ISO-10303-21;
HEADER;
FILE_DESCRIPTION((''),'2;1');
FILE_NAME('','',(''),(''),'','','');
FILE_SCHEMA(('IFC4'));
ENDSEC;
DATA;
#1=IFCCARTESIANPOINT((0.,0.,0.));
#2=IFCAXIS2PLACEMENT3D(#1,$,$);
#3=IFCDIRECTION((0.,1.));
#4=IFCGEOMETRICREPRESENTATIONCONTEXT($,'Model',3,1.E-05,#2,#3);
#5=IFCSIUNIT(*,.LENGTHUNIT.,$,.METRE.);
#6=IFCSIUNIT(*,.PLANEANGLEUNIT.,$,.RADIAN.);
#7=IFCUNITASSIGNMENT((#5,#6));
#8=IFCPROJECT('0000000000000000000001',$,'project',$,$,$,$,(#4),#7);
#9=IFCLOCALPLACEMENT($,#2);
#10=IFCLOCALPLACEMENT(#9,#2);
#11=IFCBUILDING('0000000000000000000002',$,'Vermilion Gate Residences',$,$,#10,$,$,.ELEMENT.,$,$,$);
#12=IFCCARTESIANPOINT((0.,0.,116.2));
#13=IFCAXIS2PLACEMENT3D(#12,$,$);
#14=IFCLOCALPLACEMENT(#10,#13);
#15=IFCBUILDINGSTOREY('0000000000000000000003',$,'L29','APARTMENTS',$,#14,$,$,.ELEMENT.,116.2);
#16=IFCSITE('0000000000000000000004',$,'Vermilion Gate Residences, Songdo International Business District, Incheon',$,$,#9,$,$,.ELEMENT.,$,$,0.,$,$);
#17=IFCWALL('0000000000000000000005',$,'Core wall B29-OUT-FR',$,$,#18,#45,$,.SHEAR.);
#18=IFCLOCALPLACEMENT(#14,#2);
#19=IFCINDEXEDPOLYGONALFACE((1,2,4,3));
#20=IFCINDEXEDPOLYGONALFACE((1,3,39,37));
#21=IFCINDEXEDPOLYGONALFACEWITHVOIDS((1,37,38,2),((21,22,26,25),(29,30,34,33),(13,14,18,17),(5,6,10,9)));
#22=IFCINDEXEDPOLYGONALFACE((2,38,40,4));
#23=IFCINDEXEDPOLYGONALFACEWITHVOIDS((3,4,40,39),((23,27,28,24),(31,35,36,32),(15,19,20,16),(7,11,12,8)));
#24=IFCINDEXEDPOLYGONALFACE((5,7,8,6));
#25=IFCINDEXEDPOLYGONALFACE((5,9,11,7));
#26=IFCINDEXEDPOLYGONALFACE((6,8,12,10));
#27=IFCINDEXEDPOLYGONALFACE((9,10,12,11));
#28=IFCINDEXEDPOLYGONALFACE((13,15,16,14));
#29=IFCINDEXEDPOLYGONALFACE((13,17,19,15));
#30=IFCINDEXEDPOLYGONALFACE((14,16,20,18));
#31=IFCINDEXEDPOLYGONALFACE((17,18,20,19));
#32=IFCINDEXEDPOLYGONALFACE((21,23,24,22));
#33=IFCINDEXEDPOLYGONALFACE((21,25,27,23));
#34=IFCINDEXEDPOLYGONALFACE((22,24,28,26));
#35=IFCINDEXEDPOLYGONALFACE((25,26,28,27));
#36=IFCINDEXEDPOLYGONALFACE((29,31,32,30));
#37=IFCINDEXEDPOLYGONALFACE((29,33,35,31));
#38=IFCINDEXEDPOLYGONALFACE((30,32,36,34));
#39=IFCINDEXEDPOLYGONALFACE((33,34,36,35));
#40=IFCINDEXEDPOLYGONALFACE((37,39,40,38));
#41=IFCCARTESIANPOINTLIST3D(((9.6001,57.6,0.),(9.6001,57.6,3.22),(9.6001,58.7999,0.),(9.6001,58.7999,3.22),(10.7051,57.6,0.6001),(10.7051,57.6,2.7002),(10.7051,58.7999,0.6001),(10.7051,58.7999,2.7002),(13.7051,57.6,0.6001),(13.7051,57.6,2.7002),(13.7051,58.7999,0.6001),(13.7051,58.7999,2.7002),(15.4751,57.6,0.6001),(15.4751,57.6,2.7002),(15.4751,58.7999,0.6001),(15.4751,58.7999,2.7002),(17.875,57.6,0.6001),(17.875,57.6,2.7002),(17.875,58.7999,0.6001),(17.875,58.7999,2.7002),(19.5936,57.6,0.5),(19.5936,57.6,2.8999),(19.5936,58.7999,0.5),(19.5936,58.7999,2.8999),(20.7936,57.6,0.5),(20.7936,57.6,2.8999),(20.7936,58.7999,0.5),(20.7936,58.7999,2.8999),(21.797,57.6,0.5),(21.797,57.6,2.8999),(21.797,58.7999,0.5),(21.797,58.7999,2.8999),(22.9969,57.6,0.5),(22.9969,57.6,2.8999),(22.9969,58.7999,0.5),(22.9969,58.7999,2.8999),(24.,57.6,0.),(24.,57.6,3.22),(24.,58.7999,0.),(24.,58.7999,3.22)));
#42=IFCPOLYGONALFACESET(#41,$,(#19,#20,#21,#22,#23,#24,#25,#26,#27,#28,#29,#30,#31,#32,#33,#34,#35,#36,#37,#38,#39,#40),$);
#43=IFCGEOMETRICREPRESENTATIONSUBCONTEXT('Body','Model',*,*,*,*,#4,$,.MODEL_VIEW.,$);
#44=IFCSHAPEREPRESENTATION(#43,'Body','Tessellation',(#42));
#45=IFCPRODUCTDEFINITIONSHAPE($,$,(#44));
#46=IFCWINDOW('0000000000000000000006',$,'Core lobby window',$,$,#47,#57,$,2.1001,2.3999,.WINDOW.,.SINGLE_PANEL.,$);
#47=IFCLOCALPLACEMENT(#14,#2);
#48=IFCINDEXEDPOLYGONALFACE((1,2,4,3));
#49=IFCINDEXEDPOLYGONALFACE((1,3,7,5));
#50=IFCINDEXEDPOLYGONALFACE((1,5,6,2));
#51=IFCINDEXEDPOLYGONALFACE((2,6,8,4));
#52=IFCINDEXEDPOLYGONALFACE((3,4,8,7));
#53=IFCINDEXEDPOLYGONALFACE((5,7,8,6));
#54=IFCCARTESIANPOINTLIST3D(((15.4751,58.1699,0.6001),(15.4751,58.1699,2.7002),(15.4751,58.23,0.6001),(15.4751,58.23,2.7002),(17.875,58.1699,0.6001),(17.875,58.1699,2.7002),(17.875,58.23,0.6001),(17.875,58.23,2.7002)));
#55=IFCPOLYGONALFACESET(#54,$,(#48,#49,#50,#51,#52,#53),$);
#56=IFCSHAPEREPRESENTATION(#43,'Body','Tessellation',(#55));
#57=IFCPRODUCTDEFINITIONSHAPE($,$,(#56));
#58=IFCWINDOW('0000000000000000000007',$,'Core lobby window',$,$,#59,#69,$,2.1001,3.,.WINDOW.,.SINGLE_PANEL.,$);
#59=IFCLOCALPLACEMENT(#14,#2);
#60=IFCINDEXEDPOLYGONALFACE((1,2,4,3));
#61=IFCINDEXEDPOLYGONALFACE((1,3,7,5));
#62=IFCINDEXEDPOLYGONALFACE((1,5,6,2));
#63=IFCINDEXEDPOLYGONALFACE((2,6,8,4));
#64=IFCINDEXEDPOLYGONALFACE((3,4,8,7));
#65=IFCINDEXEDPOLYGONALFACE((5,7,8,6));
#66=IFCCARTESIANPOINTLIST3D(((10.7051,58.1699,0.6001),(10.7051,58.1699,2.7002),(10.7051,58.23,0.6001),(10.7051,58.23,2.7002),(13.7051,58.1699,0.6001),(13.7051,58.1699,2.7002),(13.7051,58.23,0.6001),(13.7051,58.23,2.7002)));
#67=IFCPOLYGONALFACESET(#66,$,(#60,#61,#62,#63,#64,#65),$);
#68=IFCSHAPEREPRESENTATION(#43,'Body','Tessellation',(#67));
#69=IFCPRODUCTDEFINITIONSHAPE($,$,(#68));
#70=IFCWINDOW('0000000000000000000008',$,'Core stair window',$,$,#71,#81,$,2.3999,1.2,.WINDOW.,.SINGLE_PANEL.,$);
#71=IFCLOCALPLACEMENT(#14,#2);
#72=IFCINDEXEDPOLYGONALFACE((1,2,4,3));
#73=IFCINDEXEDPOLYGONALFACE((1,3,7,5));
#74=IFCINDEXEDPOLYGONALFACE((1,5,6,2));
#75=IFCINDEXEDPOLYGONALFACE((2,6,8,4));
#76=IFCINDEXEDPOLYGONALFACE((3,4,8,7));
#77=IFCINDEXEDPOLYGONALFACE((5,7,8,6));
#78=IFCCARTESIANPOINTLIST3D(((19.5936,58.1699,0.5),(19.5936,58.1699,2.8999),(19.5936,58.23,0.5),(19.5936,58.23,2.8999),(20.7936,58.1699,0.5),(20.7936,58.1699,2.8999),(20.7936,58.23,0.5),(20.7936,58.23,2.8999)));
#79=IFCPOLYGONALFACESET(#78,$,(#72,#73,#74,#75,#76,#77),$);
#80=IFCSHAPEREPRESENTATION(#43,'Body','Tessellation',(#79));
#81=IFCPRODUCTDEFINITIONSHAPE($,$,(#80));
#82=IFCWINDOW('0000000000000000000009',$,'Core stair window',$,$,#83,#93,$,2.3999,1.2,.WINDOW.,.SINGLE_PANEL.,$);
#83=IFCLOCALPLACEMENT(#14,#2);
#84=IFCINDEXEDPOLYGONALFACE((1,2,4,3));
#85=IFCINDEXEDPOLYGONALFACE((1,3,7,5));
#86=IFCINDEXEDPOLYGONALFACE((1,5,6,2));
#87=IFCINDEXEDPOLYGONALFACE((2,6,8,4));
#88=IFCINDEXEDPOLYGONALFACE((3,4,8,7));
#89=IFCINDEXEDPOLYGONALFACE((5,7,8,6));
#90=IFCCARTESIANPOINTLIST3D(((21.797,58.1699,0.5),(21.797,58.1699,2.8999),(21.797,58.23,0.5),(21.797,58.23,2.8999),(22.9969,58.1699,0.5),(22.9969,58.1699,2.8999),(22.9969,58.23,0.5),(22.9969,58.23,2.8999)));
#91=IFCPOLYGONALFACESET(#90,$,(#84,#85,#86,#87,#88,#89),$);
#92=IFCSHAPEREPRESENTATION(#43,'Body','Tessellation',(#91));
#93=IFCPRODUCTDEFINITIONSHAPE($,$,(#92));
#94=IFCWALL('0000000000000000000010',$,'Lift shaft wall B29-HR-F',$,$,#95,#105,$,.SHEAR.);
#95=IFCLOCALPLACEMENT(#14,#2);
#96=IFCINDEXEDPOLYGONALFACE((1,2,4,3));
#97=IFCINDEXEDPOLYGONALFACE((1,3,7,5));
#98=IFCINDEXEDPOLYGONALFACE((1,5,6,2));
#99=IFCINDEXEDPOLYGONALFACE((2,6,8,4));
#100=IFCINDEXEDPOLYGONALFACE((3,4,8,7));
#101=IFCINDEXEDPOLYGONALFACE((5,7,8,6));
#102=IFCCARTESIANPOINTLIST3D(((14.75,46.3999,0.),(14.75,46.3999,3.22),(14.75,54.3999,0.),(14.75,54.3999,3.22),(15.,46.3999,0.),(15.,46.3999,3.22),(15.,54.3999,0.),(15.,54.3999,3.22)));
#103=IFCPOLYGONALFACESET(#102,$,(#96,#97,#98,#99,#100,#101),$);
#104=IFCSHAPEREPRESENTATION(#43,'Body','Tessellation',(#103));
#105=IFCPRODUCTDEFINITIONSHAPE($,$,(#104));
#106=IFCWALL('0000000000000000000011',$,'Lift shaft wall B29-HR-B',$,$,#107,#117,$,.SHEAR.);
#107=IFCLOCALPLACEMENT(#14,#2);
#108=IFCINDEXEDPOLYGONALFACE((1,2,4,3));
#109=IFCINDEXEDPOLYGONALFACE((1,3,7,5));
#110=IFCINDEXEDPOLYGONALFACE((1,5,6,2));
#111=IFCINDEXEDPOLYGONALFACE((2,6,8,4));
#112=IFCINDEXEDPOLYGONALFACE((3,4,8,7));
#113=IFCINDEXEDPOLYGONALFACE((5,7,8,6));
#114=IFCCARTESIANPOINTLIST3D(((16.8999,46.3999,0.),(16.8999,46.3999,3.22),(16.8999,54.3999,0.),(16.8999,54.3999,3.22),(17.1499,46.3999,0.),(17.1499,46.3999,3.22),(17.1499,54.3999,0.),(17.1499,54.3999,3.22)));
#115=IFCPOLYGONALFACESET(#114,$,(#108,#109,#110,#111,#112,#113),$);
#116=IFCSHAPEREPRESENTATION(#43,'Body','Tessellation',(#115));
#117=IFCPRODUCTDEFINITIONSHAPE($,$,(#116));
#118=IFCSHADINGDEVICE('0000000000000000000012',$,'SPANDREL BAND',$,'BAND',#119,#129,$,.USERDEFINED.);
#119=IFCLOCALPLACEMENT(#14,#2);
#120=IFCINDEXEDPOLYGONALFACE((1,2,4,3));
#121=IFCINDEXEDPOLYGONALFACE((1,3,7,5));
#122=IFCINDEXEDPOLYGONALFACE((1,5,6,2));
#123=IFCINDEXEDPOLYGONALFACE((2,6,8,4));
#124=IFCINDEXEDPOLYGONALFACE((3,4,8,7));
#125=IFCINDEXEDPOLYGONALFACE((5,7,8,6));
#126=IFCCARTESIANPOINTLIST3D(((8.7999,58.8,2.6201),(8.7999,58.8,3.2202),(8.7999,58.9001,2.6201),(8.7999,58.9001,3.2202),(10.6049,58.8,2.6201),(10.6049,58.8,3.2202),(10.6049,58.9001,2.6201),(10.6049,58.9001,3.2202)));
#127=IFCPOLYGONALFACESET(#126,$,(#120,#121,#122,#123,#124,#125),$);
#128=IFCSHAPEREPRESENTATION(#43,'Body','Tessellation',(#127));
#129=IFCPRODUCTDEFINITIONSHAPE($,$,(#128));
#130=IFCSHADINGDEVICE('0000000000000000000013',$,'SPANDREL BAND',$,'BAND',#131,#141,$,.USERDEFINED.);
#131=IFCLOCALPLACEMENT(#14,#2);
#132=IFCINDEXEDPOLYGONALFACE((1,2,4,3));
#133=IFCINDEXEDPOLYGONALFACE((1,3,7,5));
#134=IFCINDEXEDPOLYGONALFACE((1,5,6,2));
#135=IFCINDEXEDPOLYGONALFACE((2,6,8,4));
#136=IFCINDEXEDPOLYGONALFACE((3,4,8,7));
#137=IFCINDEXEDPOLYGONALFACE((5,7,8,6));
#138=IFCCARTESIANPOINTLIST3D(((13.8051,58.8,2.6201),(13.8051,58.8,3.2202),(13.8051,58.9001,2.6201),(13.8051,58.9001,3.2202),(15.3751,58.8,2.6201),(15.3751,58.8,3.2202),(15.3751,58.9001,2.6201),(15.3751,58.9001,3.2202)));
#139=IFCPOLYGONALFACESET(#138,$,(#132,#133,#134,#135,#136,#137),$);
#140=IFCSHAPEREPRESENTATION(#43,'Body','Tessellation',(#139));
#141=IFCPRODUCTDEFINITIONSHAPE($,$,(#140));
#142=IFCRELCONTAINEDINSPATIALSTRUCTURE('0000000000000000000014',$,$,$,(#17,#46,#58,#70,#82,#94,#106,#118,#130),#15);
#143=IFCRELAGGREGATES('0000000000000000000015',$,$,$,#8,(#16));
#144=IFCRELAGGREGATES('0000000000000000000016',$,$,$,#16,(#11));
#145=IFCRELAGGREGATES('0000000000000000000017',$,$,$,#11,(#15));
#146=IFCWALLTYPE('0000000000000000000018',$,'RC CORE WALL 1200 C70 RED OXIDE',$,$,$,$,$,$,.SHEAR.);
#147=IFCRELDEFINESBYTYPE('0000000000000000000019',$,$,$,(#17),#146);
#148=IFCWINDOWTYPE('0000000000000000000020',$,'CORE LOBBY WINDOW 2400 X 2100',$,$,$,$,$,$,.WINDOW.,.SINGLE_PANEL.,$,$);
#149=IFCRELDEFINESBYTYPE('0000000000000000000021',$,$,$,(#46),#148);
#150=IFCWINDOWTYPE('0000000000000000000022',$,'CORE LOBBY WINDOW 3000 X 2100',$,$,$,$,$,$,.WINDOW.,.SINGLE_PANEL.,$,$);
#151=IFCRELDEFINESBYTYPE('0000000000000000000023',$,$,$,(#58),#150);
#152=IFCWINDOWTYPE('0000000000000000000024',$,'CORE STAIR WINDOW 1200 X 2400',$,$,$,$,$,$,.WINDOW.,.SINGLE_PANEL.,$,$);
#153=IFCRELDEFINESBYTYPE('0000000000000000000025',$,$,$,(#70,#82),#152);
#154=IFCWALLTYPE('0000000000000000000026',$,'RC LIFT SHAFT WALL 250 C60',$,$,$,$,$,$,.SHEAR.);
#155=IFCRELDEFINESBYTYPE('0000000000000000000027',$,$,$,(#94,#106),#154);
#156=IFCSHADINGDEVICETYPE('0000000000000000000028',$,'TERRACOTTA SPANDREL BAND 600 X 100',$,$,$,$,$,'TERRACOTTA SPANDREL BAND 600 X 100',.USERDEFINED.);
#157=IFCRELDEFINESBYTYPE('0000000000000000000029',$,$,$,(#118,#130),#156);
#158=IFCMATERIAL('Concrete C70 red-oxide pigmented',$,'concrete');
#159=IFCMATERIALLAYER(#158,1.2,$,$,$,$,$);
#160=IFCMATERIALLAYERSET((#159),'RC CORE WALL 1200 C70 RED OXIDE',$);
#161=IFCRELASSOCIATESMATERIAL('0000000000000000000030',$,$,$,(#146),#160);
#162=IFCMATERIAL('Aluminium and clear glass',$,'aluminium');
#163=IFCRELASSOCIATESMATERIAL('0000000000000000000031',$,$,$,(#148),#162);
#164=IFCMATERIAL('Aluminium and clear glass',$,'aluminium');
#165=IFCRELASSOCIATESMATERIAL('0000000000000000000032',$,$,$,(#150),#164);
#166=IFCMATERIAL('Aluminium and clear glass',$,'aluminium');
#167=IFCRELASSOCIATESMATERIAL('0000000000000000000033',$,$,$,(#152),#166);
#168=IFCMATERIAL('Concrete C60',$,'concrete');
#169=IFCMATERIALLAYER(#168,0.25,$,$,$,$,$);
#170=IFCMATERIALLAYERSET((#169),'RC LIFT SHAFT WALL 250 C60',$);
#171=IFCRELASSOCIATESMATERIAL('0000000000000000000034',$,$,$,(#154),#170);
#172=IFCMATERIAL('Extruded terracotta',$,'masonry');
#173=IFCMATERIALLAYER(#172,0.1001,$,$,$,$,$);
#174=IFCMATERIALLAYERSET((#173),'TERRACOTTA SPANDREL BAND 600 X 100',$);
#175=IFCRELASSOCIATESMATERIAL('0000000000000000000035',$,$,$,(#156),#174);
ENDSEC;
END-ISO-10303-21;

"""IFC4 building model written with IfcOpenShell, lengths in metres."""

from ifc_helpers import new_model, si_unit, direction, frame, frame_2d, origin, origin_2d, place, context, subcontext, project, spatial, rectangle, extrude, material, layer, layer_set, type_object, element, fill, save


model = new_model("IFC4")

# Units and contexts
model_context = context("Model", 3, precision=1e-05, world=origin(), true_north=direction((0.0, 1.0)))
body_context = subcontext(model_context, "Body", "Model", "MODEL_VIEW")
ifc_project = project(units=[si_unit("LENGTHUNIT", "METRE"), si_unit("PLANEANGLEUNIT", "RADIAN")], contexts=[model_context])

# Site, building, storey
site_placement = place(None, origin())
site = spatial("IfcSite", under=ifc_project, at=site_placement, Name="Vermilion Gate Residences, Songdo International Business District, Incheon", CompositionType="ELEMENT", RefElevation=0.0)
building_placement = place(site_placement, origin())
building = spatial("IfcBuilding", under=site, at=building_placement, Name="Vermilion Gate Residences", CompositionType="ELEMENT")
storey_placement = place(building_placement, frame((0.0, 0.0, 116.2)))
storey = spatial("IfcBuildingStorey", under=building, at=storey_placement, Name="L29", Description="APARTMENTS", CompositionType="ELEMENT", Elevation=116.2)

# Wall, openings, windows
ifc_material_1 = material(Name="Concrete C70 red-oxide pigmented", Category="concrete")
ifc_layer_1 = layer(ifc_material_1, 1.2)
ifc_layer_set_1 = layer_set([ifc_layer_1], Name="RC CORE WALL 1200 C70 RED OXIDE")
wall_type_1 = type_object("IfcWallType", Name="RC CORE WALL 1200 C70 RED OXIDE", PredefinedType="SHEAR", material=ifc_layer_set_1)
wall_1_placement = place(storey_placement, frame((9.6001, 58.2, 0.0), z_axis=(0.0, 0.0, 1.0), x_axis=(1.0, 0.0, 0.0)))
wall_1 = element("IfcWall", 1, at=wall_1_placement, inside=storey, type_object=wall_type_1, Name="Core wall B29-OUT-FR", PredefinedType="SHEAR", context=body_context, shape_type="SweptSolid", body=[
    extrude(rectangle(XDim=14.3999, YDim=1.2, at=frame_2d((7.2, 0.0))), origin(), (0.0, 0.0, 1.0), 3.22),
])
opening_1_placement = place(wall_1_placement, frame((1.105, 0.0, 0.6001)))
opening_1 = element("IfcOpeningElement", 2, at=opening_1_placement, cuts=wall_1, PredefinedType="OPENING", context=body_context, shape_type="SweptSolid", body=[
    extrude(rectangle(XDim=3.0, YDim=2.1001, at=frame_2d((1.5, 1.05))), frame((0.0, 0.6099, 0.0), z_axis=(0.0, -1.0, 0.0), x_axis=(1.0, 0.0, 0.0)), (0.0, 0.0, 1.0), 1.22),
])
opening_2_placement = place(wall_1_placement, frame((5.875, 0.0, 0.6001)))
opening_2 = element("IfcOpeningElement", 3, at=opening_2_placement, cuts=wall_1, PredefinedType="OPENING", context=body_context, shape_type="SweptSolid", body=[
    extrude(rectangle(XDim=2.3999, YDim=2.1001, at=frame_2d((1.2, 1.05))), frame((0.0, 0.6099, 0.0), z_axis=(0.0, -1.0, 0.0), x_axis=(1.0, 0.0, 0.0)), (0.0, 0.0, 1.0), 1.22),
])
opening_3_placement = place(wall_1_placement, frame((9.9934, 0.0, 0.5)))
opening_3 = element("IfcOpeningElement", 4, at=opening_3_placement, cuts=wall_1, PredefinedType="OPENING", context=body_context, shape_type="SweptSolid", body=[
    extrude(rectangle(XDim=1.2, YDim=2.3999, at=frame_2d((0.6001, 1.2))), frame((0.0, 0.6099, 0.0), z_axis=(0.0, -1.0, 0.0), x_axis=(1.0, 0.0, 0.0)), (0.0, 0.0, 1.0), 1.22),
])
opening_4_placement = place(wall_1_placement, frame((12.1968, 0.0, 0.5)))
opening_4 = element("IfcOpeningElement", 5, at=opening_4_placement, cuts=wall_1, PredefinedType="OPENING", context=body_context, shape_type="SweptSolid", body=[
    extrude(rectangle(XDim=1.2, YDim=2.3999, at=frame_2d((0.6001, 1.2))), frame((0.0, 0.6099, 0.0), z_axis=(0.0, -1.0, 0.0), x_axis=(1.0, 0.0, 0.0)), (0.0, 0.0, 1.0), 1.22),
])
ifc_material_2 = material(Name="Aluminium and clear glass", Category="aluminium")
window_type_1 = type_object("IfcWindowType", Name="CORE LOBBY WINDOW 2400 X 2100", PartitioningType="SINGLE_PANEL", PredefinedType="WINDOW", material=ifc_material_2)
window_1_placement = place(opening_2_placement, origin())
window_1 = element("IfcWindow", 6, at=window_1_placement, inside=storey, type_object=window_type_1, Name="Core lobby window", OverallHeight=2.1001, OverallWidth=2.3999, PartitioningType="SINGLE_PANEL", PredefinedType="WINDOW", context=body_context, shape_type="SweptSolid", body=[
    extrude(rectangle(XDim=2.3999, YDim=2.1001, at=frame_2d((1.2, 1.05))), frame((0.0, 0.03, 0.0), z_axis=(0.0, -1.0, 0.0), x_axis=(1.0, 0.0, 0.0)), (0.0, 0.0, 1.0), 0.0601),
])
fill(opening_2, window_1)
ifc_material_3 = material(Name="Aluminium and clear glass", Category="aluminium")
window_type_2 = type_object("IfcWindowType", Name="CORE LOBBY WINDOW 3000 X 2100", PartitioningType="SINGLE_PANEL", PredefinedType="WINDOW", material=ifc_material_3)
window_2_placement = place(opening_1_placement, origin())
window_2 = element("IfcWindow", 7, at=window_2_placement, inside=storey, type_object=window_type_2, Name="Core lobby window", OverallHeight=2.1001, OverallWidth=3.0, PartitioningType="SINGLE_PANEL", PredefinedType="WINDOW", context=body_context, shape_type="SweptSolid", body=[
    extrude(rectangle(XDim=3.0, YDim=2.1001, at=frame_2d((1.5, 1.05))), frame((0.0, 0.03, 0.0), z_axis=(0.0, -1.0, 0.0), x_axis=(1.0, 0.0, 0.0)), (0.0, 0.0, 1.0), 0.0601),
])
fill(opening_1, window_2)
ifc_material_4 = material(Name="Aluminium and clear glass", Category="aluminium")
window_type_3 = type_object("IfcWindowType", Name="CORE STAIR WINDOW 1200 X 2400", PartitioningType="SINGLE_PANEL", PredefinedType="WINDOW", material=ifc_material_4)
window_3_placement = place(opening_3_placement, origin())
window_3 = element("IfcWindow", 8, at=window_3_placement, inside=storey, type_object=window_type_3, Name="Core stair window", OverallHeight=2.3999, OverallWidth=1.2, PartitioningType="SINGLE_PANEL", PredefinedType="WINDOW", context=body_context, shape_type="SweptSolid", body=[
    extrude(rectangle(XDim=1.2, YDim=2.3999, at=frame_2d((0.6001, 1.2))), frame((0.0, 0.03, 0.0), z_axis=(0.0, -1.0, 0.0), x_axis=(1.0, 0.0, 0.0)), (0.0, 0.0, 1.0), 0.0601),
])
fill(opening_3, window_3)
window_4_placement = place(opening_4_placement, origin())
window_4 = element("IfcWindow", 9, at=window_4_placement, inside=storey, type_object=window_type_3, Name="Core stair window", OverallHeight=2.3999, OverallWidth=1.2, PartitioningType="SINGLE_PANEL", PredefinedType="WINDOW", context=body_context, shape_type="SweptSolid", body=[
    extrude(rectangle(XDim=1.2, YDim=2.3999, at=frame_2d((0.6001, 1.2))), frame((0.0, 0.03, 0.0), z_axis=(0.0, -1.0, 0.0), x_axis=(1.0, 0.0, 0.0)), (0.0, 0.0, 1.0), 0.0601),
])
fill(opening_4, window_4)

# Walls
ifc_material_5 = material(Name="Concrete C60", Category="concrete")
ifc_layer_2 = layer(ifc_material_5, 0.25)
ifc_layer_set_2 = layer_set([ifc_layer_2], Name="RC LIFT SHAFT WALL 250 C60")
wall_type_2 = type_object("IfcWallType", Name="RC LIFT SHAFT WALL 250 C60", PredefinedType="SHEAR", material=ifc_layer_set_2)
for number, where, z_axis, x_axis, name in (
    (10, (14.875, 54.3999, 0.0), (0.0, 0.0, 1.0), (0.0, -1.0, 0.0), "Lift shaft wall B29-HR-F"),
    (11, (17.0249, 54.3999, 0.0), (0.0, 0.0, 1.0), (0.0, -1.0, 0.0), "Lift shaft wall B29-HR-B"),
):
    element("IfcWall", number, at=place(storey_placement, frame(where, z_axis=z_axis, x_axis=x_axis)), inside=storey, type_object=wall_type_2, Name=name, PredefinedType="SHEAR", context=body_context, shape_type="SweptSolid", body=[
        extrude(rectangle(XDim=8.0, YDim=0.25, at=frame_2d((4.0, 0.0))), origin(), (0.0, 0.0, 1.0), 3.22),
    ])

# Shading devices
ifc_material_6 = material(Name="Extruded terracotta", Category="masonry")
ifc_layer_3 = layer(ifc_material_6, 0.1001)
ifc_layer_set_3 = layer_set([ifc_layer_3], Name="TERRACOTTA SPANDREL BAND 600 X 100")
shading_device_type = type_object("IfcShadingDeviceType", Name="TERRACOTTA SPANDREL BAND 600 X 100", ElementType="TERRACOTTA SPANDREL BAND 600 X 100", PredefinedType="USERDEFINED", material=ifc_layer_set_3)
shading_device_1_placement = place(storey_placement, frame((9.7024, 58.8501, 2.6201), z_axis=(0.0, 0.0, 1.0), x_axis=(1.0, 0.0, 0.0)))
element("IfcShadingDevice", 12, at=shading_device_1_placement, inside=storey, type_object=shading_device_type, Name="SPANDREL BAND", ObjectType="BAND", PredefinedType="USERDEFINED", context=body_context, shape_type="SweptSolid", body=[
    extrude(rectangle(XDim=1.8049, YDim=0.1001, at=origin_2d()), origin(), (0.0, 0.0, 1.0), 0.6001),
])
shading_device_2_placement = place(storey_placement, frame((14.5901, 58.8501, 2.6201), z_axis=(0.0, 0.0, 1.0), x_axis=(1.0, 0.0, 0.0)))
element("IfcShadingDevice", 13, at=shading_device_2_placement, inside=storey, type_object=shading_device_type, Name="SPANDREL BAND", ObjectType="BAND", PredefinedType="USERDEFINED", context=body_context, shape_type="SweptSolid", body=[
    extrude(rectangle(XDim=1.5701, YDim=0.1001, at=origin_2d()), origin(), (0.0, 0.0, 1.0), 0.6001),
])

save(model, "model.ifc")
